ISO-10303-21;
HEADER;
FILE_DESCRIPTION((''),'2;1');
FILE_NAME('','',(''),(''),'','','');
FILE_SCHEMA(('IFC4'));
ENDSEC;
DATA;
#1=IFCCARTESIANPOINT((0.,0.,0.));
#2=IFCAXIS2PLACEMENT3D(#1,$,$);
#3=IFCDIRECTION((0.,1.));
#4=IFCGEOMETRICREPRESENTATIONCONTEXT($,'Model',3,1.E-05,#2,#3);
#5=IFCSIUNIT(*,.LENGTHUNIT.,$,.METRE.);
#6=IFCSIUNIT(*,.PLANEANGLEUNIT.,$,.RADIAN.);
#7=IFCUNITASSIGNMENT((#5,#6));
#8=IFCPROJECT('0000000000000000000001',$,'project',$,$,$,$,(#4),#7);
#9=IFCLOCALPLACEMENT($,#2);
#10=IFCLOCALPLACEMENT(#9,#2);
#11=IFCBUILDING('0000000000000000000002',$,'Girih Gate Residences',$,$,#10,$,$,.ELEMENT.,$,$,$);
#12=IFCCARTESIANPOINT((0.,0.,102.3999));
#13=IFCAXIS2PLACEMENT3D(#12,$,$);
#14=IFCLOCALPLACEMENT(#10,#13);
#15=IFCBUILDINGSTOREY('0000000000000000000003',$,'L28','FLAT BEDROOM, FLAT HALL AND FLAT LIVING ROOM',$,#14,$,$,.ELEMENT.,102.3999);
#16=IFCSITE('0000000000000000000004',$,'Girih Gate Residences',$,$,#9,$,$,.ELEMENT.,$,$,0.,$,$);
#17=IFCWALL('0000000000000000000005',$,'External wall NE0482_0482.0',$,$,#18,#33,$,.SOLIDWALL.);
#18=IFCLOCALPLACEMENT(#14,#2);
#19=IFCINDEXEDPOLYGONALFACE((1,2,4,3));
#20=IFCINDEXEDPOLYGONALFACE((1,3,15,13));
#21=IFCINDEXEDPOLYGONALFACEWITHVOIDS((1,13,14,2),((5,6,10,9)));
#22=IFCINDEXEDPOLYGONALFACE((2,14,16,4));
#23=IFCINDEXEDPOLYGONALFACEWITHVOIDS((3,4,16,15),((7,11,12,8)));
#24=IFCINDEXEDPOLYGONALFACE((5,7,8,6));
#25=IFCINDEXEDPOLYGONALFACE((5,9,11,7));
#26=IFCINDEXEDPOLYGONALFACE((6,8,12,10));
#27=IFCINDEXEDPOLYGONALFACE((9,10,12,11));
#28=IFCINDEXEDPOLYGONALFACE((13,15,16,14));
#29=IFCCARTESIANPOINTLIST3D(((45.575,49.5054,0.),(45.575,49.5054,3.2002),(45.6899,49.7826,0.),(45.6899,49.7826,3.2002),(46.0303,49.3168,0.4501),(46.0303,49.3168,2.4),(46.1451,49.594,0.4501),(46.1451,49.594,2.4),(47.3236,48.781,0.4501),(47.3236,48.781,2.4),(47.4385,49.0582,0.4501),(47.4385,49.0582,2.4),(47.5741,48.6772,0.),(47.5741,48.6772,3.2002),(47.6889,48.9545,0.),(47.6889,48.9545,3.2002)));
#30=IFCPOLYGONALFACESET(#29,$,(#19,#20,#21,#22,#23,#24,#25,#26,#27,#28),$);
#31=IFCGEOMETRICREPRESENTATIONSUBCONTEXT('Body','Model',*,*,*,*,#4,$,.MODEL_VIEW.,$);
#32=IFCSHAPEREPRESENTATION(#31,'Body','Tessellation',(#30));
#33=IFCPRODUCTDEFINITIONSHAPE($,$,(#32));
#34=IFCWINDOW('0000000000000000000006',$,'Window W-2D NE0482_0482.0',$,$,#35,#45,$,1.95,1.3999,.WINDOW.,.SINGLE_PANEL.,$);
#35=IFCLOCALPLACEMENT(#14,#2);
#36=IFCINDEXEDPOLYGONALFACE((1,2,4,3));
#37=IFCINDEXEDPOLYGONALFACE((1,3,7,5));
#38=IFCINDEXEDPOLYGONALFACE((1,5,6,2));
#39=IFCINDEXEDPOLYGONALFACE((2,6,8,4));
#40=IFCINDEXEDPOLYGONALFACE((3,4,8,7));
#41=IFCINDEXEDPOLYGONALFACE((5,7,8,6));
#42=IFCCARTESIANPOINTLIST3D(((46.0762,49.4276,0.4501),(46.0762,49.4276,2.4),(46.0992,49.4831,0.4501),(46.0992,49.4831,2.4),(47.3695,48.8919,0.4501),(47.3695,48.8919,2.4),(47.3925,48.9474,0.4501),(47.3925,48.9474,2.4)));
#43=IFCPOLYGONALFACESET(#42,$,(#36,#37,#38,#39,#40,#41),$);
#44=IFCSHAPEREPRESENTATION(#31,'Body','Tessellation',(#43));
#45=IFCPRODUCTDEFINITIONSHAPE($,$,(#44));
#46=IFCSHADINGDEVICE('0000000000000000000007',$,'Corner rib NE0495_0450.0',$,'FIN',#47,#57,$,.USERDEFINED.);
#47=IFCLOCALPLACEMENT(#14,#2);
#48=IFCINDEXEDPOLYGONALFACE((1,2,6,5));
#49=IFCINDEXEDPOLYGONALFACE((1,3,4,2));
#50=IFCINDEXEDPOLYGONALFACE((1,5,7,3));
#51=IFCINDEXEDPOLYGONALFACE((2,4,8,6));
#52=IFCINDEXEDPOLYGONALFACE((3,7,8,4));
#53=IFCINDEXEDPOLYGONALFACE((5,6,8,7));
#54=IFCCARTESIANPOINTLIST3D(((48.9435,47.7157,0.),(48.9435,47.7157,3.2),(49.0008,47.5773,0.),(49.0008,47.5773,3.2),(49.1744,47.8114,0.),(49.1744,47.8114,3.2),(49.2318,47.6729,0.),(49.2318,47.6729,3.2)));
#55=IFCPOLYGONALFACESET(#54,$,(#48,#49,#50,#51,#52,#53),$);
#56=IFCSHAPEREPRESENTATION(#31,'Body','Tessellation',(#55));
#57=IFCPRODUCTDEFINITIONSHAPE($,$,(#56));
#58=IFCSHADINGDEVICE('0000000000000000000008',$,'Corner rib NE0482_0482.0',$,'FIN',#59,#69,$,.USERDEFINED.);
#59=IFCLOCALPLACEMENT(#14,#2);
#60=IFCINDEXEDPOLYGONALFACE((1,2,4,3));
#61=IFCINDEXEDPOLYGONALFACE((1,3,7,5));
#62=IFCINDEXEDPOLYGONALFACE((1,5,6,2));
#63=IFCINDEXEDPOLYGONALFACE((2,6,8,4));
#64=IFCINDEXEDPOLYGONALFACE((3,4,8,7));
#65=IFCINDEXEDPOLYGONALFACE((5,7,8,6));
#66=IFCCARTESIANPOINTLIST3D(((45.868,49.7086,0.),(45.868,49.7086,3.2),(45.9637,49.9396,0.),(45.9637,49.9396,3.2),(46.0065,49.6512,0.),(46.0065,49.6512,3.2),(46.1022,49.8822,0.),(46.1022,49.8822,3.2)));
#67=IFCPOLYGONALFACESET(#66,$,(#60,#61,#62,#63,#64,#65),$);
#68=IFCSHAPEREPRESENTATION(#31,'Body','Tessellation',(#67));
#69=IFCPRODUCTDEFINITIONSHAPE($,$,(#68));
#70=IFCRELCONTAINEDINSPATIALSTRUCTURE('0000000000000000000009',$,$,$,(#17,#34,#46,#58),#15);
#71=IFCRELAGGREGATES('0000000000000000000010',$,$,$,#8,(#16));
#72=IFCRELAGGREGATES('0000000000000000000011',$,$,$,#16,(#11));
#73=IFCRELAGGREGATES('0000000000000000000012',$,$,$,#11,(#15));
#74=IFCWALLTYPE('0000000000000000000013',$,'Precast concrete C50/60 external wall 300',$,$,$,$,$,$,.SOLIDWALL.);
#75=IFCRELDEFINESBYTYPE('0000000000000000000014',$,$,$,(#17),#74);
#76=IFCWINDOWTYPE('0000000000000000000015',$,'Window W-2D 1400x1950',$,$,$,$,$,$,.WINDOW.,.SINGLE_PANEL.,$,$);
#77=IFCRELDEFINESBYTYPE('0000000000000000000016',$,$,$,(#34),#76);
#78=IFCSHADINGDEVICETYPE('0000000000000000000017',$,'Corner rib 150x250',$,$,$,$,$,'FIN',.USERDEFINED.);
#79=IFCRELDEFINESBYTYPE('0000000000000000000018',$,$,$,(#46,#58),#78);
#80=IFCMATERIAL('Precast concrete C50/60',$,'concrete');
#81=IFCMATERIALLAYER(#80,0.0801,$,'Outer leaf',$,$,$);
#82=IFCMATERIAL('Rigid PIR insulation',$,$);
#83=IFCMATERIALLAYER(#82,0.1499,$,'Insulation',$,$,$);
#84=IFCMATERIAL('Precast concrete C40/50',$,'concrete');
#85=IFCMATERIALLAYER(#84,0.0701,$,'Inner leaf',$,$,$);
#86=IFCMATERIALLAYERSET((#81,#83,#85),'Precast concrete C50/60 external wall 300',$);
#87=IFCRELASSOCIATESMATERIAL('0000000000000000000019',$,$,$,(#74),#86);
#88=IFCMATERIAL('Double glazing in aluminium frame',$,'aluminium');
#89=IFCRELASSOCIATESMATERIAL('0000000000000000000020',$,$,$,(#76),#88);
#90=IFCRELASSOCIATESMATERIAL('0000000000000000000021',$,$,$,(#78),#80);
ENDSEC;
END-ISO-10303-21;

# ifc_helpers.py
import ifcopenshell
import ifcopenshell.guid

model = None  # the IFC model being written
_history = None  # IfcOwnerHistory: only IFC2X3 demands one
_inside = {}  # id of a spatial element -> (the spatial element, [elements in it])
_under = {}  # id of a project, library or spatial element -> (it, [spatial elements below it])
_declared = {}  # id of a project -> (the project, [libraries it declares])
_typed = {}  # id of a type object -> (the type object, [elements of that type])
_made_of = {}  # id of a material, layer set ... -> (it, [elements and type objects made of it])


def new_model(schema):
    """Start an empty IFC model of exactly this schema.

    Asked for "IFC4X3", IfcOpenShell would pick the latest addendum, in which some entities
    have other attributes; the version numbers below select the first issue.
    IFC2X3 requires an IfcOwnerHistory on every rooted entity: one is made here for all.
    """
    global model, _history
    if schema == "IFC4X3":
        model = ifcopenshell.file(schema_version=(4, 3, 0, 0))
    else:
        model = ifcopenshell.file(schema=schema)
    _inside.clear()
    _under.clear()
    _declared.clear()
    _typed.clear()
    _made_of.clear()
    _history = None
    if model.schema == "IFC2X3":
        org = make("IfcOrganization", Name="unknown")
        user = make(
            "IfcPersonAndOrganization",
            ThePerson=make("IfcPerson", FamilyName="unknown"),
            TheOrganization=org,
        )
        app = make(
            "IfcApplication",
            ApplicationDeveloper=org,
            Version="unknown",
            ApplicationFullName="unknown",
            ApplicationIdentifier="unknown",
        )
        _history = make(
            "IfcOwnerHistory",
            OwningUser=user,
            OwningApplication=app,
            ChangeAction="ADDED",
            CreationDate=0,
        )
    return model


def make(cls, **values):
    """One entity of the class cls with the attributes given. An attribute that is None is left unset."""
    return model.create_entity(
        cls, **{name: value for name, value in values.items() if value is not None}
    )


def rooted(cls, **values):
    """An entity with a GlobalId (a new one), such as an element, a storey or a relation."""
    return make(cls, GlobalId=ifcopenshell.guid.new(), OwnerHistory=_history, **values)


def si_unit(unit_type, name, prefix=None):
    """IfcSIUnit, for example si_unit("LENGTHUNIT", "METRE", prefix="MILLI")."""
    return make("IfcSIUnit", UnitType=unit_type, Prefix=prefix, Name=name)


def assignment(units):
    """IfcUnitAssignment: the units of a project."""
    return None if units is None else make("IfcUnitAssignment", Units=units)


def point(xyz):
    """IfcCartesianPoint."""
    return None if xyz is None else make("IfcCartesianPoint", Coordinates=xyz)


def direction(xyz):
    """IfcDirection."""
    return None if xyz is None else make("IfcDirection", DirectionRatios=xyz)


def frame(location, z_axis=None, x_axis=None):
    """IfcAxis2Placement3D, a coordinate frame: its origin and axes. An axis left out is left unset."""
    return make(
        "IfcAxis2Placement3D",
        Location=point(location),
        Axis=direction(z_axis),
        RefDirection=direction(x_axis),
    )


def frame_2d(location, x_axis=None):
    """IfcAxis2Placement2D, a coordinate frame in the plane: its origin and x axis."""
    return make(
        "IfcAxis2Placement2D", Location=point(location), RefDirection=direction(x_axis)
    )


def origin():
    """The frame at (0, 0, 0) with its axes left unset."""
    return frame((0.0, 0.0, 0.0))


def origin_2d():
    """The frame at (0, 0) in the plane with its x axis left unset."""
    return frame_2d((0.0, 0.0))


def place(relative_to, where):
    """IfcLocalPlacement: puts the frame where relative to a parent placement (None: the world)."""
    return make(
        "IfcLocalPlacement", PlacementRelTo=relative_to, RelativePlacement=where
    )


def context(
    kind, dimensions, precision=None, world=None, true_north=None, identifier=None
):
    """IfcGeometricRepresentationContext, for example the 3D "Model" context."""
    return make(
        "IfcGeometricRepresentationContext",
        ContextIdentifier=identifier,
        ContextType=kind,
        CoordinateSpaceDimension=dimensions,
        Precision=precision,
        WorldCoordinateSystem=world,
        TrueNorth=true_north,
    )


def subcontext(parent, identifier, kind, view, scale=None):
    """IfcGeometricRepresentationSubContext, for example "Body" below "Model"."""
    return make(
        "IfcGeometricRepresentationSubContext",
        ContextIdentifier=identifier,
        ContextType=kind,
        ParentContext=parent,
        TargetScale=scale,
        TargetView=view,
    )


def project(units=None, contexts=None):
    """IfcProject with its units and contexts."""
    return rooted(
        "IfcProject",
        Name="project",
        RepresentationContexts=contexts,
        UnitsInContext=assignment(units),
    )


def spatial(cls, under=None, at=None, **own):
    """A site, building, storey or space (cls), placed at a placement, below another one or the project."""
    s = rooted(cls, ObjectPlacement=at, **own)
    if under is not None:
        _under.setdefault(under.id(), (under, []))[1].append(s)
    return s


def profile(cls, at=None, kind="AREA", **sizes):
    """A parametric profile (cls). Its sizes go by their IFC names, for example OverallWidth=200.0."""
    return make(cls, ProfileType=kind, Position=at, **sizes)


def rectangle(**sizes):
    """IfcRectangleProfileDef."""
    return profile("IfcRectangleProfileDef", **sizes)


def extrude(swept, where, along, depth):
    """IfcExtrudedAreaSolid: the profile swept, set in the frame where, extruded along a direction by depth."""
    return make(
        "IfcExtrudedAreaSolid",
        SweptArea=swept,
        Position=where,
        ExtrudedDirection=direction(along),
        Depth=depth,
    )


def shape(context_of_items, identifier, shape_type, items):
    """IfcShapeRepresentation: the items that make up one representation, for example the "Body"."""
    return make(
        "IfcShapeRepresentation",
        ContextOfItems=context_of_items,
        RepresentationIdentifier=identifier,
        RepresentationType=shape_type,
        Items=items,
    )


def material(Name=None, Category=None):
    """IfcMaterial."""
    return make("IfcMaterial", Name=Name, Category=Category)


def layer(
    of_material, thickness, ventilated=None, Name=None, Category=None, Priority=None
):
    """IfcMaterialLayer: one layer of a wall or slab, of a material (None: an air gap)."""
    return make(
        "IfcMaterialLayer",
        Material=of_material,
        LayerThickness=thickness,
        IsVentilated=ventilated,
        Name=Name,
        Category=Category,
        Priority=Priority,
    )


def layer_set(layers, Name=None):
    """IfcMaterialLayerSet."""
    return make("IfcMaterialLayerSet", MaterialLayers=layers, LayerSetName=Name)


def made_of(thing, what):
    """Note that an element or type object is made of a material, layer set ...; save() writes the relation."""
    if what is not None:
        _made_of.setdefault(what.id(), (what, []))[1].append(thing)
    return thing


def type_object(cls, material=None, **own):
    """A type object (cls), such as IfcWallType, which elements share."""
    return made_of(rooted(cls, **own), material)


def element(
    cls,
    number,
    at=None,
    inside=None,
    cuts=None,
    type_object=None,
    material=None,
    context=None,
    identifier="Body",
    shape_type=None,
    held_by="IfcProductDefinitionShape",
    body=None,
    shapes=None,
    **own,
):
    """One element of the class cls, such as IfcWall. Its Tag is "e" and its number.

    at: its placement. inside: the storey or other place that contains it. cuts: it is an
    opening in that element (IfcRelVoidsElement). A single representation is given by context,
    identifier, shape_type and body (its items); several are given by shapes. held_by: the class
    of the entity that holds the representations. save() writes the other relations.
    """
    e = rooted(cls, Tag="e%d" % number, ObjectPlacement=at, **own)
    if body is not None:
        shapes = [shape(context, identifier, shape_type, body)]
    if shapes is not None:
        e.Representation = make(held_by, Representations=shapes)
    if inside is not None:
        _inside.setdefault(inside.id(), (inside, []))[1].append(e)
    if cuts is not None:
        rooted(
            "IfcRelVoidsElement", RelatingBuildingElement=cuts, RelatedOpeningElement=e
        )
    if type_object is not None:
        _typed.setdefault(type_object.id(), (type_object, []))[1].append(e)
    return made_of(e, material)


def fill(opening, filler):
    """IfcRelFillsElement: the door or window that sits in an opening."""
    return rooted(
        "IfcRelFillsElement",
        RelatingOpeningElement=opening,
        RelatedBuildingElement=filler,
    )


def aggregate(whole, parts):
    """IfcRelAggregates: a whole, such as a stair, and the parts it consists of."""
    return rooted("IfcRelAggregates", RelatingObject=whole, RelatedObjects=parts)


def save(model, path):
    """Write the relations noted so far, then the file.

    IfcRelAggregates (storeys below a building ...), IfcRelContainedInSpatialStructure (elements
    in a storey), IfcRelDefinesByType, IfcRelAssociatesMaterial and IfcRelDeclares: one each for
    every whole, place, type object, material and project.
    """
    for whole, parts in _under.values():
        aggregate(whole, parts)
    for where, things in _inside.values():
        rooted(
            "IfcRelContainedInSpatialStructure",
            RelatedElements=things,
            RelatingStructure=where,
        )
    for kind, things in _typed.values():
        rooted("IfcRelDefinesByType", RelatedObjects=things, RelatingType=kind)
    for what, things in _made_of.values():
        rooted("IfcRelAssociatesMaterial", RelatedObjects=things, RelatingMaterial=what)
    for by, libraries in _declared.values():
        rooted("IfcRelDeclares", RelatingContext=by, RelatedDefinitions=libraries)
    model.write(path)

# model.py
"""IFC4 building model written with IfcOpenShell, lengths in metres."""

from ifc_helpers import new_model, si_unit, direction, frame, frame_2d, origin, origin_2d, place, context, subcontext, project, spatial, rectangle, extrude, material, layer, layer_set, type_object, element, fill, save


model = new_model("IFC4")

# Units and contexts
model_context = context("Model", 3, precision=1e-05, world=origin(), true_north=direction((0.0, 1.0)))
body_context = subcontext(model_context, "Body", "Model", "MODEL_VIEW")
ifc_project = project(units=[si_unit("LENGTHUNIT", "METRE"), si_unit("PLANEANGLEUNIT", "RADIAN")], contexts=[model_context])

# Site, building, storey
site_placement = place(None, origin())
site = spatial("IfcSite", under=ifc_project, at=site_placement, Name="Girih Gate Residences", CompositionType="ELEMENT", RefElevation=0.0)
building_placement = place(site_placement, origin())
building = spatial("IfcBuilding", under=site, at=building_placement, Name="Girih Gate Residences", CompositionType="ELEMENT")
storey_placement = place(building_placement, frame((0.0, 0.0, 102.3999)))
storey = spatial("IfcBuildingStorey", under=building, at=storey_placement, Name="L28", Description="FLAT BEDROOM, FLAT HALL AND FLAT LIVING ROOM", CompositionType="ELEMENT", Elevation=102.3999)

# Wall, opening, window
ifc_material_1 = material(Name="Precast concrete C50/60", Category="concrete")
ifc_layer_1 = layer(ifc_material_1, 0.0801, Name="Outer leaf")
ifc_material_2 = material(Name="Rigid PIR insulation")
ifc_layer_2 = layer(ifc_material_2, 0.1499, Name="Insulation")
ifc_material_3 = material(Name="Precast concrete C40/50", Category="concrete")
ifc_layer_3 = layer(ifc_material_3, 0.0701, Name="Inner leaf")
ifc_layer_set_1 = layer_set([ifc_layer_1, ifc_layer_2, ifc_layer_3], Name="Precast concrete C50/60 external wall 300")
wall_type_1 = type_object("IfcWallType", Name="Precast concrete C50/60 external wall 300", PredefinedType="SOLIDWALL", material=ifc_layer_set_1)
ifc_material_4 = material(Name="Double glazing in aluminium frame", Category="aluminium")
window_type_1 = type_object("IfcWindowType", Name="Window W-2D 1400x1950", PartitioningType="SINGLE_PANEL", PredefinedType="WINDOW", material=ifc_material_4)
wall_1_placement = place(storey_placement, frame((45.6323, 49.644, 0.0), z_axis=(0.0, 0.0, 1.0), x_axis=(0.923863, -0.382724, 0.0)))
wall_1 = element("IfcWall", 1, at=wall_1_placement, inside=storey, type_object=wall_type_1, Name="External wall NE0482_0482.0", PredefinedType="SOLIDWALL", context=body_context, shape_type="SweptSolid", body=[
    extrude(rectangle(XDim=2.1638, YDim=0.3, at=frame_2d((1.082, 0.0))), origin(), (0.0, 0.0, 1.0), 3.2002),
])
opening_1_placement = place(wall_1_placement, frame((0.4929, 0.0, 0.45)))
opening_1 = element("IfcOpeningElement", 2, at=opening_1_placement, cuts=wall_1, PredefinedType="OPENING", context=body_context, shape_type="SweptSolid", body=[
    extrude(rectangle(XDim=1.3999, YDim=1.95, at=frame_2d((0.7, 0.9751))), frame((0.0, 0.1599, 0.0), z_axis=(0.0, -1.0, 0.0), x_axis=(1.0, 0.0, 0.0)), (0.0, 0.0, 1.0), 0.3201),
])
window_1_placement = place(opening_1_placement, origin())
window_1 = element("IfcWindow", 3, at=window_1_placement, inside=storey, type_object=window_type_1, Name="Window W-2D NE0482_0482.0", OverallHeight=1.95, OverallWidth=1.3999, PartitioningType="SINGLE_PANEL", PredefinedType="WINDOW", context=body_context, shape_type="SweptSolid", body=[
    extrude(rectangle(XDim=1.3999, YDim=1.95, at=frame_2d((0.7, 0.9751))), frame((0.0, 0.03, 0.0), z_axis=(0.0, -1.0, 0.0), x_axis=(1.0, 0.0, 0.0)), (0.0, 0.0, 1.0), 0.0601),
])
fill(opening_1, window_1)

# Shading devices
shading_device_type = type_object("IfcShadingDeviceType", Name="Corner rib 150x250", ElementType="FIN", PredefinedType="USERDEFINED", material=ifc_material_1)
for number, where, z_axis, x_axis, name in (
    (4, (49.0876, 47.6943, 0.0), (0.0, 0.0, 1.0), (-0.382683, 0.92388, 0.0), "Corner rib NE0495_0450.0"),
    (5, (45.9851, 49.7954, 0.0), (0.0, 0.0, 1.0), (-0.92388, 0.382683, 0.0), "Corner rib NE0482_0482.0"),
):
    element("IfcShadingDevice", number, at=place(storey_placement, frame(where, z_axis=z_axis, x_axis=x_axis)), inside=storey, type_object=shading_device_type, Name=name, ObjectType="FIN", PredefinedType="USERDEFINED", context=body_context, shape_type="SweptSolid", body=[
        extrude(rectangle(XDim=0.1499, YDim=0.25, at=origin_2d()), origin(), (0.0, 0.0, 1.0), 3.2),
    ])

save(model, "model.ifc")
